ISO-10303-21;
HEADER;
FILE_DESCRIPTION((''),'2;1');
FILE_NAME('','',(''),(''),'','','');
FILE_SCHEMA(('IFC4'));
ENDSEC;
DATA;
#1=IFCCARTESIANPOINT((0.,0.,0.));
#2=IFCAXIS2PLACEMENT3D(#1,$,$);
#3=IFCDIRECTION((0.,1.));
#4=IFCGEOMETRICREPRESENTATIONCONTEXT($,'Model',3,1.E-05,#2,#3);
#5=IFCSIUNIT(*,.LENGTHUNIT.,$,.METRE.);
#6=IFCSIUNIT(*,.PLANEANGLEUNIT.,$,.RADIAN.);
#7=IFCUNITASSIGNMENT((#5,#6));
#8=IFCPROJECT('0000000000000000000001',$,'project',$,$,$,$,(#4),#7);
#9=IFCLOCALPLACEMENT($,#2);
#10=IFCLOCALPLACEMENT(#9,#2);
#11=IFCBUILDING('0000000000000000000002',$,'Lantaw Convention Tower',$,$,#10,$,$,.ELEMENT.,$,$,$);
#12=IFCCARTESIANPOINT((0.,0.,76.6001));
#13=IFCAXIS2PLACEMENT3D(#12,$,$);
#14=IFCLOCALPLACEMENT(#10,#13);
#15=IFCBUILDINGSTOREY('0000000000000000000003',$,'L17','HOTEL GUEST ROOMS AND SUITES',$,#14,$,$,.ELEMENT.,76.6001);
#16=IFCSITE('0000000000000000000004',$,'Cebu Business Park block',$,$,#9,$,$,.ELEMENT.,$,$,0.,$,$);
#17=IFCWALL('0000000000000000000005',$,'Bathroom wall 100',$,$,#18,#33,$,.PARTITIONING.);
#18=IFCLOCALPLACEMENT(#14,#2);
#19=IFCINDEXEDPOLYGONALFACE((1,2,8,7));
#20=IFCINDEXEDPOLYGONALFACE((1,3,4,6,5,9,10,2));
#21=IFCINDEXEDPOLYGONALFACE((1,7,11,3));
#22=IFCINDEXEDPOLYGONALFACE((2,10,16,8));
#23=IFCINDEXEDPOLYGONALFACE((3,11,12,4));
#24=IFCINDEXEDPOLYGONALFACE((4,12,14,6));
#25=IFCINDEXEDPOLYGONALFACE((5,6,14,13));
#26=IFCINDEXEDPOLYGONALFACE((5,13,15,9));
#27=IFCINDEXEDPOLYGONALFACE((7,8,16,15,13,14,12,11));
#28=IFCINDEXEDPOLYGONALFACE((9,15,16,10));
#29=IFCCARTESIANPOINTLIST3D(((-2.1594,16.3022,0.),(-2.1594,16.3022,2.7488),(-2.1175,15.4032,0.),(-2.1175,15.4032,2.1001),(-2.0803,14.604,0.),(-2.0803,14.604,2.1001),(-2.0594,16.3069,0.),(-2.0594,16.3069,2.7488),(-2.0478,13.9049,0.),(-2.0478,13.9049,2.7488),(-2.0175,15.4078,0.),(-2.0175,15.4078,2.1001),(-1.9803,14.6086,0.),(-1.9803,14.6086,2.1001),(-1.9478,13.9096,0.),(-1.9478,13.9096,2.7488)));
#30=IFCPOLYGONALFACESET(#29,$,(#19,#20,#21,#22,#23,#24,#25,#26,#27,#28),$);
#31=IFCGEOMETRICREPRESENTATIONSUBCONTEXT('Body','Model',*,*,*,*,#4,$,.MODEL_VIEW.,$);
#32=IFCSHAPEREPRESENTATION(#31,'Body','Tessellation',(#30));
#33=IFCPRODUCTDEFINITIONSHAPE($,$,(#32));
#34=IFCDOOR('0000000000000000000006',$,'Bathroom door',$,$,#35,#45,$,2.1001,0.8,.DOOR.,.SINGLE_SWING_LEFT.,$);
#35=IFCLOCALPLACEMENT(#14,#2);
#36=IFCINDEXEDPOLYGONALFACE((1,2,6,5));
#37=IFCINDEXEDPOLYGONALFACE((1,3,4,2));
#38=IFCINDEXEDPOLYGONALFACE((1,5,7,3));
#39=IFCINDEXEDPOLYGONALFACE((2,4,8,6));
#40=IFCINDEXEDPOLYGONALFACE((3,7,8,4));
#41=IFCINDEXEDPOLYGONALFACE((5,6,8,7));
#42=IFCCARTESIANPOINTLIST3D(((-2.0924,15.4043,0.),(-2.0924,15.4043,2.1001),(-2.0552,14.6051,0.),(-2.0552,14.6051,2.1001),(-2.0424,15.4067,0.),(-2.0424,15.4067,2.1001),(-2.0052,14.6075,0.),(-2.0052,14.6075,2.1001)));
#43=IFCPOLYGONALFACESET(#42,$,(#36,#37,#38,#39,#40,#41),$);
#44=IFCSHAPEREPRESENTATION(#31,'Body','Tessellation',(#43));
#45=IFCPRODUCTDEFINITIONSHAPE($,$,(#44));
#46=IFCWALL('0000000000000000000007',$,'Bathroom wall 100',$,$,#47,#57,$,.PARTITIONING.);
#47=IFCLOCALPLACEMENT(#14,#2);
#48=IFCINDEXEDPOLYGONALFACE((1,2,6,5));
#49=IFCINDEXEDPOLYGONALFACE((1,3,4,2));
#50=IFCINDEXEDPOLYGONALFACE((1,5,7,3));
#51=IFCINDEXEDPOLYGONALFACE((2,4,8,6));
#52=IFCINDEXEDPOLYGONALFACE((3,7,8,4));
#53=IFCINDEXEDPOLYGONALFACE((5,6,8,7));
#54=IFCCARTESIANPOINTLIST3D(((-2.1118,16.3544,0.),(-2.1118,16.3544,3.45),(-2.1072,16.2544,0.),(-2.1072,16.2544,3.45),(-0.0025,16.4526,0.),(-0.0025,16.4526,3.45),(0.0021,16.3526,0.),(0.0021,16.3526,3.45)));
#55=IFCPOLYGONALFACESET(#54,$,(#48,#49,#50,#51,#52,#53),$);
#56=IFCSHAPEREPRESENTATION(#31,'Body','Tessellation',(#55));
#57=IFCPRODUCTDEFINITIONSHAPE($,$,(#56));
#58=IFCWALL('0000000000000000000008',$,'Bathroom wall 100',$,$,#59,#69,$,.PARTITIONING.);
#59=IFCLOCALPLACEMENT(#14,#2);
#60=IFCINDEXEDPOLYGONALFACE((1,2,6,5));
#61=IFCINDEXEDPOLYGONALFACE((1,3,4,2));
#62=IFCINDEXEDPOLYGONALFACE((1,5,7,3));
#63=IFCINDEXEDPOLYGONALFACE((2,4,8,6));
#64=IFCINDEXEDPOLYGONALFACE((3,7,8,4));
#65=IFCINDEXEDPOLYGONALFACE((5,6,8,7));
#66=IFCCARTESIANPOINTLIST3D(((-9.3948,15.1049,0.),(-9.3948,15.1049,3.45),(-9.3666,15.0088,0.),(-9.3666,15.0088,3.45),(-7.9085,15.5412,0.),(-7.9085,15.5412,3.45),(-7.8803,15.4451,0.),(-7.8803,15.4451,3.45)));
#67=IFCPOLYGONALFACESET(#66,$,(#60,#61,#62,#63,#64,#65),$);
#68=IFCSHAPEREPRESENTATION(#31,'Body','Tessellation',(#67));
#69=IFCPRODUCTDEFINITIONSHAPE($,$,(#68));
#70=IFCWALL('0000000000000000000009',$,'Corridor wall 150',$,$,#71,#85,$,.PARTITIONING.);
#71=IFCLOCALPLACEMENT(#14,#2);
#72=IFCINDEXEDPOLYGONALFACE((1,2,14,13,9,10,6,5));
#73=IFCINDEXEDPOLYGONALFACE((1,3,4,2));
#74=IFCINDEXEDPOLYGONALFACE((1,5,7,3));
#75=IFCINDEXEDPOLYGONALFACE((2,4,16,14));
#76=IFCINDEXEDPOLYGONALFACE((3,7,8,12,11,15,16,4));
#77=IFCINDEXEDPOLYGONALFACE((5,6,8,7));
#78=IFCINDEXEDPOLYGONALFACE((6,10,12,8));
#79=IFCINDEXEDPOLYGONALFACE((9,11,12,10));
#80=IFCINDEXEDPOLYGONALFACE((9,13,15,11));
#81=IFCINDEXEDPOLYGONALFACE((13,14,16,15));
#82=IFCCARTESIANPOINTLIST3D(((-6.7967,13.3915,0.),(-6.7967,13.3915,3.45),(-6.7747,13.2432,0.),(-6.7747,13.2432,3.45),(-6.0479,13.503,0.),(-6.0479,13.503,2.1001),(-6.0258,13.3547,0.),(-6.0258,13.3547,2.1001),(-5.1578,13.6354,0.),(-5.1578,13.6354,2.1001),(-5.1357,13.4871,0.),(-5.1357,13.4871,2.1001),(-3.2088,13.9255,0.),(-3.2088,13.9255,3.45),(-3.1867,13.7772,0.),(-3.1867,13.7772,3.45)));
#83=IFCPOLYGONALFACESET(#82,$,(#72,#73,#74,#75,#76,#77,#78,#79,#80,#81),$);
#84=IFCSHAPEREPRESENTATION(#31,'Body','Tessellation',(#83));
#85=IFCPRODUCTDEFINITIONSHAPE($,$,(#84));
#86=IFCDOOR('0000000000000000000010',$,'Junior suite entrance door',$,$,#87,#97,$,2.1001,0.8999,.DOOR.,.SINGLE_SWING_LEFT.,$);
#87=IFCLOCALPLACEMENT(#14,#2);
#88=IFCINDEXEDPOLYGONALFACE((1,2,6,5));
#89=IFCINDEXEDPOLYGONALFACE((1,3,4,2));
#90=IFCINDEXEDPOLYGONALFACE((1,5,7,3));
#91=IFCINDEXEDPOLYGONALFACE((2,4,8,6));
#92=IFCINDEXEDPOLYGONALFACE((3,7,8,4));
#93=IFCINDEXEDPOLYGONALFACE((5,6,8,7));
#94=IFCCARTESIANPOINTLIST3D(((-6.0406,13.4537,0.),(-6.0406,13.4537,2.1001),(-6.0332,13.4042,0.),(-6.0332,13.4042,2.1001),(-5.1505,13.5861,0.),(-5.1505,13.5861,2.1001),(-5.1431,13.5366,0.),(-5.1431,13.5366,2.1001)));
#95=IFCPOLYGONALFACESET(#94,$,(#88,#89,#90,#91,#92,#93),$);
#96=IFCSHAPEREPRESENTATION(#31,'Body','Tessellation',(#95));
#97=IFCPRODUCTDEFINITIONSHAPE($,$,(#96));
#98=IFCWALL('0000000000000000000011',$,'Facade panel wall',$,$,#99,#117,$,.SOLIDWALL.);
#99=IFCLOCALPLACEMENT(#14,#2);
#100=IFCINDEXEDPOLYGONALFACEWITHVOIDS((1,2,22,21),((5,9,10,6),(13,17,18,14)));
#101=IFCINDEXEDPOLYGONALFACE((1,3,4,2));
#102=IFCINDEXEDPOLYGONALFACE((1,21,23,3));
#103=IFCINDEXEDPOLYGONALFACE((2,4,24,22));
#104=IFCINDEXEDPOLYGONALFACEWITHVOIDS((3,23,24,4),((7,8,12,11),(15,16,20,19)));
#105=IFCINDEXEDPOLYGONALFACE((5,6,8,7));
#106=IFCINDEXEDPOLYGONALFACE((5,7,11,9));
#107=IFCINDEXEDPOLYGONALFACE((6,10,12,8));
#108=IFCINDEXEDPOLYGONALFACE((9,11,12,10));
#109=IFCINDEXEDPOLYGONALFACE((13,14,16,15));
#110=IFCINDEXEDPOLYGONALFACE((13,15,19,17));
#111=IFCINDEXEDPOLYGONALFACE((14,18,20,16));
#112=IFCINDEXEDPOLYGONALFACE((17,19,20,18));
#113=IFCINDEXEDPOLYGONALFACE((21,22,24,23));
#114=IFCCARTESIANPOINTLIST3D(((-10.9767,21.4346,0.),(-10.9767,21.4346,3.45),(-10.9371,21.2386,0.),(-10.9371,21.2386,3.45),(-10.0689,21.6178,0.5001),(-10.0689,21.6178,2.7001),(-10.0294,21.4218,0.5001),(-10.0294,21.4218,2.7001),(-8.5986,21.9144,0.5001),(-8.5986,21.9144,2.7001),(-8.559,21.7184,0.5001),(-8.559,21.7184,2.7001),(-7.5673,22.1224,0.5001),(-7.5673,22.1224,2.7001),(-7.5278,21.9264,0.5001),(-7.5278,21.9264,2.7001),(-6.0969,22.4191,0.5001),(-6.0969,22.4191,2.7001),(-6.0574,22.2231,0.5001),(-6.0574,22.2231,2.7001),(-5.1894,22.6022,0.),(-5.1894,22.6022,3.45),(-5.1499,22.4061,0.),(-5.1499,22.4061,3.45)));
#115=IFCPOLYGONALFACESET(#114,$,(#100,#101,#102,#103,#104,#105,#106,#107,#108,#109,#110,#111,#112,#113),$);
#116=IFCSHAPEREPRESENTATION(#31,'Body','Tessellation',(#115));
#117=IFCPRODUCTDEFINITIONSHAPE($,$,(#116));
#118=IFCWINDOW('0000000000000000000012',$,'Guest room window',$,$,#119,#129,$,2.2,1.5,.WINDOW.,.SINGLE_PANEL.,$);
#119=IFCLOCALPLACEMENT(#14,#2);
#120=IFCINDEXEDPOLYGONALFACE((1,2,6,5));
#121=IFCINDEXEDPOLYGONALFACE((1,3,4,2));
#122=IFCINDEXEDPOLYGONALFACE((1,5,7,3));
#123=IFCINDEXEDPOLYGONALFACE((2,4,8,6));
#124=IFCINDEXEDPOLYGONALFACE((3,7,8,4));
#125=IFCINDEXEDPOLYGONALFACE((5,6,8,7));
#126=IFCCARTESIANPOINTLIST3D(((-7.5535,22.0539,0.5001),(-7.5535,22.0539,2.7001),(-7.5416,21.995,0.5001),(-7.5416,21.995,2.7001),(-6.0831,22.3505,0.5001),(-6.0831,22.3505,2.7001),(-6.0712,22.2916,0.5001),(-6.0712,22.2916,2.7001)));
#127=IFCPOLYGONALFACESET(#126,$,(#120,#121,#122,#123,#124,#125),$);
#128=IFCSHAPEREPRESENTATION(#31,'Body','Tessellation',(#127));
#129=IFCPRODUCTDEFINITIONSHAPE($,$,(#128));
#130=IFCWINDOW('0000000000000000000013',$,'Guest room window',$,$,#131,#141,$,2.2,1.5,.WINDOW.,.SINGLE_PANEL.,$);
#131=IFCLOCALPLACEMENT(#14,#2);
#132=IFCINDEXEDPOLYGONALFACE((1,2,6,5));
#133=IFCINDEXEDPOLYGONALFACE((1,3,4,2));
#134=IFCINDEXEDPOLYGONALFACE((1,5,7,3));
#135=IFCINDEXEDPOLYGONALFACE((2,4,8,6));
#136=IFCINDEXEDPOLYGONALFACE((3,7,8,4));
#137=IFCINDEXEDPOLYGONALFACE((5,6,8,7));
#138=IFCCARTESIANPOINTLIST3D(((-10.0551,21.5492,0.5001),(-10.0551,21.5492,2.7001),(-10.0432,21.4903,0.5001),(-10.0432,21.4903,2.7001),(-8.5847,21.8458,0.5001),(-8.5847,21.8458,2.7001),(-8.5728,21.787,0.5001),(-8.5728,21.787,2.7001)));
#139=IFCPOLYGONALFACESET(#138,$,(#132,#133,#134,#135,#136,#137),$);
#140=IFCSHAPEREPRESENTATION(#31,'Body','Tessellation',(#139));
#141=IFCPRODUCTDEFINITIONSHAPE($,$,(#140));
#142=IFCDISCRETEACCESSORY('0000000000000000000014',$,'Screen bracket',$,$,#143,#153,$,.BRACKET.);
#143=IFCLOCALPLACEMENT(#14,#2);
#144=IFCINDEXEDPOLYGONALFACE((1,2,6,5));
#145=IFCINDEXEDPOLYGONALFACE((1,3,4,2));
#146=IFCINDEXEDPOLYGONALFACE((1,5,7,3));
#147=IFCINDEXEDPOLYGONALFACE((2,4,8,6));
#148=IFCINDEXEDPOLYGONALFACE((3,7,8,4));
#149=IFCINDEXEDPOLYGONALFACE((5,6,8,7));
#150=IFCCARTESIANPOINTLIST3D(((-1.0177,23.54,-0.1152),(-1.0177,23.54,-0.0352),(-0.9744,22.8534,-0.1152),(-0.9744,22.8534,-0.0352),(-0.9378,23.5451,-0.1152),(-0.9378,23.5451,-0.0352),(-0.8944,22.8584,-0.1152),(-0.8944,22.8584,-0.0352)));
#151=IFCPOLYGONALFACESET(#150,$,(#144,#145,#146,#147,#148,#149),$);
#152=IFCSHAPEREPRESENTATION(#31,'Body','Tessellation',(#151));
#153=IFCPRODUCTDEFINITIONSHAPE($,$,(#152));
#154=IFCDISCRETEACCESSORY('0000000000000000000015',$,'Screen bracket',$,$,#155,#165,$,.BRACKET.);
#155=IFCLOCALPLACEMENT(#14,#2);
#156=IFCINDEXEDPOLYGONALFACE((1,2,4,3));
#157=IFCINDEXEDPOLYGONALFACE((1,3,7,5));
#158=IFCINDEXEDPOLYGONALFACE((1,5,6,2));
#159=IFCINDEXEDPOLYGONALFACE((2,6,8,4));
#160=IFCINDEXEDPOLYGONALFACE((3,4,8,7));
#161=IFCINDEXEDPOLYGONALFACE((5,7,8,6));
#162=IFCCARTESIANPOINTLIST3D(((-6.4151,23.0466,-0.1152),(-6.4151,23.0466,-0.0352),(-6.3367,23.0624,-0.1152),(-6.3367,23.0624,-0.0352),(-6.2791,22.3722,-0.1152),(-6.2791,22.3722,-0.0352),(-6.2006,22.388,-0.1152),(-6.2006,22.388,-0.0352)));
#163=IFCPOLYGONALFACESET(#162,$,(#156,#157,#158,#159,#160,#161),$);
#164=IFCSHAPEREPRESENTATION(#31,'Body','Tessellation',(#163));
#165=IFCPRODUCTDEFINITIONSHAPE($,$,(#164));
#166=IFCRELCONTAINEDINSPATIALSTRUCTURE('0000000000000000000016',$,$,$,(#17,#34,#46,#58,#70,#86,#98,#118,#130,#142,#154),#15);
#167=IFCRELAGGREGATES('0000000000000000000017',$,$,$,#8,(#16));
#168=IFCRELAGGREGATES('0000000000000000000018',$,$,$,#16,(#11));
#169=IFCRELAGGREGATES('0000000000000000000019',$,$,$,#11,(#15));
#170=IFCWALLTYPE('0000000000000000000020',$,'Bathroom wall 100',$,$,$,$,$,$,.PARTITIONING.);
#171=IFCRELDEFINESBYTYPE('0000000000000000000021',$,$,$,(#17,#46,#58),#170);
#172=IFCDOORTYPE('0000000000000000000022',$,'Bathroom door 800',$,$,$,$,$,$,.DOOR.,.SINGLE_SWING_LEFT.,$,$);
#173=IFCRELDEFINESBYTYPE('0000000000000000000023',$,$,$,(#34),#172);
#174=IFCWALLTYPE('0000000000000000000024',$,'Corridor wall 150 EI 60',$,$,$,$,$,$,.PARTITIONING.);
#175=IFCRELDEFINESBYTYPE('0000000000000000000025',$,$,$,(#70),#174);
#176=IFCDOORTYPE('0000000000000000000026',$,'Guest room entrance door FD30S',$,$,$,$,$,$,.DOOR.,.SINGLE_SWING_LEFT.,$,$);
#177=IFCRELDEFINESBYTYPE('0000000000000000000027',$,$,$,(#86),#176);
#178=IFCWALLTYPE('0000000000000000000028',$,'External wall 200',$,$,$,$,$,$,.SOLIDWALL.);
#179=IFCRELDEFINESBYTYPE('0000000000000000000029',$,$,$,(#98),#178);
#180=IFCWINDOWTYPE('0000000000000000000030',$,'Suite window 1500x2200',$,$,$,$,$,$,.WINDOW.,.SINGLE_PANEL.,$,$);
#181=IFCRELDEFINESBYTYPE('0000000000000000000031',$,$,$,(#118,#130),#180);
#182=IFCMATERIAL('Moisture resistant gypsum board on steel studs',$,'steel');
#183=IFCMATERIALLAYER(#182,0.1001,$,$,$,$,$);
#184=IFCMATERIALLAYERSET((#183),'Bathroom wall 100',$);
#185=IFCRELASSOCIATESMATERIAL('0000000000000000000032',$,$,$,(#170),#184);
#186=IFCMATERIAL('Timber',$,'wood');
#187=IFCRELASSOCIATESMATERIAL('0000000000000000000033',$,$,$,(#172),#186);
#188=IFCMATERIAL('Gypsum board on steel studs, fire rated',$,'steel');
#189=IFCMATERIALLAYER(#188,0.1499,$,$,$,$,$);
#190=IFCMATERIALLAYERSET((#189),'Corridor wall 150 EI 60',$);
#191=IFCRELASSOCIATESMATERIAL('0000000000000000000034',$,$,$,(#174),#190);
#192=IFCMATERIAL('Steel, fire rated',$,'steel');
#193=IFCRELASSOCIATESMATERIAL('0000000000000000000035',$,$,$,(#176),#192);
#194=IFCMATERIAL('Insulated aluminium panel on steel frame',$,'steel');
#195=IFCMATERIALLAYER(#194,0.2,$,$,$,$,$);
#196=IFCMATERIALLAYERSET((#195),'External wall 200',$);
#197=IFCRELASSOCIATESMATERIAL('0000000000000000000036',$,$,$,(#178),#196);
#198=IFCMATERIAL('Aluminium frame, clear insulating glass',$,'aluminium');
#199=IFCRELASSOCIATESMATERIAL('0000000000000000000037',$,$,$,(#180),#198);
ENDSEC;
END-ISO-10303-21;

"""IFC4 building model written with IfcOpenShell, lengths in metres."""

from ifc_helpers import new_model, si_unit, direction, frame, frame_2d, origin, origin_2d, place, context, subcontext, project, spatial, rectangle, extrude, material, layer, layer_set, type_object, element, fill, save


model = new_model("IFC4")

# Units and contexts
model_context = context("Model", 3, precision=1e-05, world=origin(), true_north=direction((0.0, 1.0)))
body_context = subcontext(model_context, "Body", "Model", "MODEL_VIEW")
ifc_project = project(units=[si_unit("LENGTHUNIT", "METRE"), si_unit("PLANEANGLEUNIT", "RADIAN")], contexts=[model_context])

# Site, building, storey
site_placement = place(None, origin())
site = spatial("IfcSite", under=ifc_project, at=site_placement, Name="Cebu Business Park block", CompositionType="ELEMENT", RefElevation=0.0)
building_placement = place(site_placement, origin())
building = spatial("IfcBuilding", under=site, at=building_placement, Name="Lantaw Convention Tower", CompositionType="ELEMENT")
storey_placement = place(building_placement, frame((0.0, 0.0, 76.6001)))
storey = spatial("IfcBuildingStorey", under=building, at=storey_placement, Name="L17", Description="HOTEL GUEST ROOMS AND SUITES", CompositionType="ELEMENT", Elevation=76.6001)

# Wall, opening, door
ifc_material_1 = material(Name="Moisture resistant gypsum board on steel studs", Category="steel")
ifc_layer_1 = layer(ifc_material_1, 0.1001)
ifc_layer_set_1 = layer_set([ifc_layer_1], Name="Bathroom wall 100")
wall_type_1 = type_object("IfcWallType", Name="Bathroom wall 100", PredefinedType="PARTITIONING", material=ifc_layer_set_1)
wall_1_placement = place(storey_placement, frame((-1.9978, 13.9072, 0.0), z_axis=(0.0, 0.0, 1.0), x_axis=(-0.046492, 0.998919, 0.0)))
wall_1 = element("IfcWall", 1, at=wall_1_placement, inside=storey, type_object=wall_type_1, Name="Bathroom wall 100", PredefinedType="PARTITIONING", context=body_context, shape_type="SweptSolid", body=[
    extrude(rectangle(XDim=2.3999, YDim=0.1001, at=frame_2d((1.2, 0.0))), origin(), (0.0, 0.0, 1.0), 2.7488),
])
opening_1_placement = place(wall_1_placement, frame((0.7, 0.0, 0.0)))
opening_1 = element("IfcOpeningElement", 2, at=opening_1_placement, cuts=wall_1, PredefinedType="OPENING", context=body_context, shape_type="SweptSolid", body=[
    extrude(rectangle(XDim=0.8, YDim=2.1001, at=frame_2d((0.3999, 1.05))), frame((0.0, 0.0601, 0.0), z_axis=(0.0, -1.0, 0.0), x_axis=(1.0, 0.0, 0.0)), (0.0, 0.0, 1.0), 0.1201),
])
ifc_material_2 = material(Name="Timber", Category="wood")
door_type_1 = type_object("IfcDoorType", Name="Bathroom door 800", OperationType="SINGLE_SWING_LEFT", PredefinedType="DOOR", material=ifc_material_2)
door_1_placement = place(opening_1_placement, origin())
door_1 = element("IfcDoor", 3, at=door_1_placement, inside=storey, type_object=door_type_1, Name="Bathroom door", OperationType="SINGLE_SWING_LEFT", OverallHeight=2.1001, OverallWidth=0.8, PredefinedType="DOOR", context=body_context, shape_type="SweptSolid", body=[
    extrude(rectangle(XDim=0.8, YDim=2.1001, at=frame_2d((0.3999, 1.05))), frame((0.0, 0.0249, 0.0), z_axis=(0.0, -1.0, 0.0), x_axis=(1.0, 0.0, 0.0)), (0.0, 0.0, 1.0), 0.05),
])
fill(opening_1, door_1)

# Walls
wall_2_placement = place(storey_placement, frame((-2.1094, 16.3044, 0.0), z_axis=(0.0, 0.0, 1.0), x_axis=(0.998919, 0.046477, 0.0)))
element("IfcWall", 4, at=wall_2_placement, inside=storey, type_object=wall_type_1, Name="Bathroom wall 100", PredefinedType="PARTITIONING", context=body_context, shape_type="SweptSolid", body=[
    extrude(rectangle(XDim=2.1116, YDim=0.1001, at=frame_2d((1.0557, 0.0))), origin(), (0.0, 0.0, 1.0), 3.45),
])
wall_3_placement = place(storey_placement, frame((-9.3806, 15.0569, 0.0), z_axis=(0.0, 0.0, 1.0), x_axis=(0.959518, 0.281646, 0.0)))
element("IfcWall", 5, at=wall_3_placement, inside=storey, type_object=wall_type_1, Name="Bathroom wall 100", PredefinedType="PARTITIONING", context=body_context, shape_type="SweptSolid", body=[
    extrude(rectangle(XDim=1.5491, YDim=0.1001, at=frame_2d((0.7744, 0.0))), origin(), (0.0, 0.0, 1.0), 3.45),
])

# Wall, opening, door
ifc_material_3 = material(Name="Gypsum board on steel studs, fire rated", Category="steel")
ifc_layer_2 = layer(ifc_material_3, 0.1499)
ifc_layer_set_2 = layer_set([ifc_layer_2], Name="Corridor wall 150 EI 60")
wall_type_2 = type_object("IfcWallType", Name="Corridor wall 150 EI 60", PredefinedType="PARTITIONING", material=ifc_layer_set_2)
wall_4_placement = place(storey_placement, frame((-3.1978, 13.8513, 0.0), z_axis=(0.0, 0.0, 1.0), x_axis=(-0.989107, -0.147195, 0.0)))
wall_4 = element("IfcWall", 6, at=wall_4_placement, inside=storey, type_object=wall_type_2, Name="Corridor wall 150", PredefinedType="PARTITIONING", context=body_context, shape_type="SweptSolid", body=[
    extrude(rectangle(XDim=3.6274, YDim=0.1499, at=frame_2d((1.8137, 0.0))), origin(), (0.0, 0.0, 1.0), 3.45),
])
opening_2_placement = place(wall_4_placement, frame((1.9705, 0.0, 0.0)))
opening_2 = element("IfcOpeningElement", 7, at=opening_2_placement, cuts=wall_4, PredefinedType="OPENING", context=body_context, shape_type="SweptSolid", body=[
    extrude(rectangle(XDim=0.8999, YDim=2.1001, at=frame_2d((0.45, 1.05))), frame((0.0, 0.085, 0.0), z_axis=(0.0, -1.0, 0.0), x_axis=(1.0, 0.0, 0.0)), (0.0, 0.0, 1.0), 0.1699),
])
ifc_material_4 = material(Name="Steel, fire rated", Category="steel")
door_type_2 = type_object("IfcDoorType", Name="Guest room entrance door FD30S", OperationType="SINGLE_SWING_LEFT", PredefinedType="DOOR", material=ifc_material_4)
door_2_placement = place(opening_2_placement, origin())
door_2 = element("IfcDoor", 8, at=door_2_placement, inside=storey, type_object=door_type_2, Name="Junior suite entrance door", OperationType="SINGLE_SWING_LEFT", OverallHeight=2.1001, OverallWidth=0.8999, PredefinedType="DOOR", context=body_context, shape_type="SweptSolid", body=[
    extrude(rectangle(XDim=0.8999, YDim=2.1001, at=frame_2d((0.45, 1.05))), frame((0.0, 0.0249, 0.0), z_axis=(0.0, -1.0, 0.0), x_axis=(1.0, 0.0, 0.0)), (0.0, 0.0, 1.0), 0.05),
])
fill(opening_2, door_2)

# Wall, openings, windows
ifc_material_5 = material(Name="Insulated aluminium panel on steel frame", Category="steel")
ifc_layer_3 = layer(ifc_material_5, 0.2)
ifc_layer_set_3 = layer_set([ifc_layer_3], Name="External wall 200")
wall_type_3 = type_object("IfcWallType", Name="External wall 200", PredefinedType="SOLIDWALL", material=ifc_layer_set_3)
wall_5_placement = place(storey_placement, frame((-5.1697, 22.5042, 0.0), z_axis=(0.0, 0.0, 1.0), x_axis=(-0.980252, -0.197754, 0.0)))
wall_5 = element("IfcWall", 9, at=wall_5_placement, inside=storey, type_object=wall_type_3, Name="Facade panel wall", PredefinedType="SOLIDWALL", context=body_context, shape_type="SweptSolid", body=[
    extrude(rectangle(XDim=5.9038, YDim=0.2, at=frame_2d((2.9519, 0.0))), origin(), (0.0, 0.0, 1.0), 3.45),
])
opening_3_placement = place(wall_5_placement, frame((0.9258, 0.0, 0.5)))
opening_3 = element("IfcOpeningElement", 10, at=opening_3_placement, cuts=wall_5, PredefinedType="OPENING", context=body_context, shape_type="SweptSolid", body=[
    extrude(rectangle(XDim=1.5, YDim=2.2, at=frame_2d((0.75, 1.1001))), frame((0.0, 0.1099, 0.0), z_axis=(0.0, -1.0, 0.0), x_axis=(1.0, 0.0, 0.0)), (0.0, 0.0, 1.0), 0.22),
])
opening_4_placement = place(wall_5_placement, frame((3.4778, 0.0, 0.5)))
opening_4 = element("IfcOpeningElement", 11, at=opening_4_placement, cuts=wall_5, PredefinedType="OPENING", context=body_context, shape_type="SweptSolid", body=[
    extrude(rectangle(XDim=1.5, YDim=2.2, at=frame_2d((0.75, 1.1001))), frame((0.0, 0.1099, 0.0), z_axis=(0.0, -1.0, 0.0), x_axis=(1.0, 0.0, 0.0)), (0.0, 0.0, 1.0), 0.22),
])
ifc_material_6 = material(Name="Aluminium frame, clear insulating glass", Category="aluminium")
window_type = type_object("IfcWindowType", Name="Suite window 1500x2200", PartitioningType="SINGLE_PANEL", PredefinedType="WINDOW", material=ifc_material_6)
window_1_placement = place(opening_3_placement, origin())
window_1 = element("IfcWindow", 12, at=window_1_placement, inside=storey, type_object=window_type, Name="Guest room window", OverallHeight=2.2, OverallWidth=1.5, PartitioningType="SINGLE_PANEL", PredefinedType="WINDOW", context=body_context, shape_type="SweptSolid", body=[
    extrude(rectangle(XDim=1.5, YDim=2.2, at=frame_2d((0.75, 1.1001))), frame((0.0, 0.03, 0.0), z_axis=(0.0, -1.0, 0.0), x_axis=(1.0, 0.0, 0.0)), (0.0, 0.0, 1.0), 0.0601),
])
fill(opening_3, window_1)
window_2_placement = place(opening_4_placement, origin())
window_2 = element("IfcWindow", 13, at=window_2_placement, inside=storey, type_object=window_type, Name="Guest room window", OverallHeight=2.2, OverallWidth=1.5, PartitioningType="SINGLE_PANEL", PredefinedType="WINDOW", context=body_context, shape_type="SweptSolid", body=[
    extrude(rectangle(XDim=1.5, YDim=2.2, at=frame_2d((0.75, 1.1001))), frame((0.0, 0.03, 0.0), z_axis=(0.0, -1.0, 0.0), x_axis=(1.0, 0.0, 0.0)), (0.0, 0.0, 1.0), 0.0601),
])
fill(opening_4, window_2)

# Discrete accessories
for number, where, z_axis, x_axis, name in (
    (14, (-0.9561, 23.1992, -0.1152), (0.0, 0.0, 1.0), (-0.998016, -0.062958, 0.0), "Screen bracket"),
    (15, (-6.3079, 22.7173, -0.1152), (0.0, 0.0, 1.0), (-0.980245, -0.197789, 0.0), "Screen bracket"),
):
    element("IfcDiscreteAccessory", number, at=place(storey_placement, frame(where, z_axis=z_axis, x_axis=x_axis)), inside=storey, Name=name, PredefinedType="BRACKET", context=body_context, shape_type="SweptSolid", body=[
        extrude(rectangle(XDim=0.0801, YDim=0.688, at=origin_2d()), origin(), (0.0, 0.0, 1.0), 0.0801),
    ])

save(model, "model.ifc")
